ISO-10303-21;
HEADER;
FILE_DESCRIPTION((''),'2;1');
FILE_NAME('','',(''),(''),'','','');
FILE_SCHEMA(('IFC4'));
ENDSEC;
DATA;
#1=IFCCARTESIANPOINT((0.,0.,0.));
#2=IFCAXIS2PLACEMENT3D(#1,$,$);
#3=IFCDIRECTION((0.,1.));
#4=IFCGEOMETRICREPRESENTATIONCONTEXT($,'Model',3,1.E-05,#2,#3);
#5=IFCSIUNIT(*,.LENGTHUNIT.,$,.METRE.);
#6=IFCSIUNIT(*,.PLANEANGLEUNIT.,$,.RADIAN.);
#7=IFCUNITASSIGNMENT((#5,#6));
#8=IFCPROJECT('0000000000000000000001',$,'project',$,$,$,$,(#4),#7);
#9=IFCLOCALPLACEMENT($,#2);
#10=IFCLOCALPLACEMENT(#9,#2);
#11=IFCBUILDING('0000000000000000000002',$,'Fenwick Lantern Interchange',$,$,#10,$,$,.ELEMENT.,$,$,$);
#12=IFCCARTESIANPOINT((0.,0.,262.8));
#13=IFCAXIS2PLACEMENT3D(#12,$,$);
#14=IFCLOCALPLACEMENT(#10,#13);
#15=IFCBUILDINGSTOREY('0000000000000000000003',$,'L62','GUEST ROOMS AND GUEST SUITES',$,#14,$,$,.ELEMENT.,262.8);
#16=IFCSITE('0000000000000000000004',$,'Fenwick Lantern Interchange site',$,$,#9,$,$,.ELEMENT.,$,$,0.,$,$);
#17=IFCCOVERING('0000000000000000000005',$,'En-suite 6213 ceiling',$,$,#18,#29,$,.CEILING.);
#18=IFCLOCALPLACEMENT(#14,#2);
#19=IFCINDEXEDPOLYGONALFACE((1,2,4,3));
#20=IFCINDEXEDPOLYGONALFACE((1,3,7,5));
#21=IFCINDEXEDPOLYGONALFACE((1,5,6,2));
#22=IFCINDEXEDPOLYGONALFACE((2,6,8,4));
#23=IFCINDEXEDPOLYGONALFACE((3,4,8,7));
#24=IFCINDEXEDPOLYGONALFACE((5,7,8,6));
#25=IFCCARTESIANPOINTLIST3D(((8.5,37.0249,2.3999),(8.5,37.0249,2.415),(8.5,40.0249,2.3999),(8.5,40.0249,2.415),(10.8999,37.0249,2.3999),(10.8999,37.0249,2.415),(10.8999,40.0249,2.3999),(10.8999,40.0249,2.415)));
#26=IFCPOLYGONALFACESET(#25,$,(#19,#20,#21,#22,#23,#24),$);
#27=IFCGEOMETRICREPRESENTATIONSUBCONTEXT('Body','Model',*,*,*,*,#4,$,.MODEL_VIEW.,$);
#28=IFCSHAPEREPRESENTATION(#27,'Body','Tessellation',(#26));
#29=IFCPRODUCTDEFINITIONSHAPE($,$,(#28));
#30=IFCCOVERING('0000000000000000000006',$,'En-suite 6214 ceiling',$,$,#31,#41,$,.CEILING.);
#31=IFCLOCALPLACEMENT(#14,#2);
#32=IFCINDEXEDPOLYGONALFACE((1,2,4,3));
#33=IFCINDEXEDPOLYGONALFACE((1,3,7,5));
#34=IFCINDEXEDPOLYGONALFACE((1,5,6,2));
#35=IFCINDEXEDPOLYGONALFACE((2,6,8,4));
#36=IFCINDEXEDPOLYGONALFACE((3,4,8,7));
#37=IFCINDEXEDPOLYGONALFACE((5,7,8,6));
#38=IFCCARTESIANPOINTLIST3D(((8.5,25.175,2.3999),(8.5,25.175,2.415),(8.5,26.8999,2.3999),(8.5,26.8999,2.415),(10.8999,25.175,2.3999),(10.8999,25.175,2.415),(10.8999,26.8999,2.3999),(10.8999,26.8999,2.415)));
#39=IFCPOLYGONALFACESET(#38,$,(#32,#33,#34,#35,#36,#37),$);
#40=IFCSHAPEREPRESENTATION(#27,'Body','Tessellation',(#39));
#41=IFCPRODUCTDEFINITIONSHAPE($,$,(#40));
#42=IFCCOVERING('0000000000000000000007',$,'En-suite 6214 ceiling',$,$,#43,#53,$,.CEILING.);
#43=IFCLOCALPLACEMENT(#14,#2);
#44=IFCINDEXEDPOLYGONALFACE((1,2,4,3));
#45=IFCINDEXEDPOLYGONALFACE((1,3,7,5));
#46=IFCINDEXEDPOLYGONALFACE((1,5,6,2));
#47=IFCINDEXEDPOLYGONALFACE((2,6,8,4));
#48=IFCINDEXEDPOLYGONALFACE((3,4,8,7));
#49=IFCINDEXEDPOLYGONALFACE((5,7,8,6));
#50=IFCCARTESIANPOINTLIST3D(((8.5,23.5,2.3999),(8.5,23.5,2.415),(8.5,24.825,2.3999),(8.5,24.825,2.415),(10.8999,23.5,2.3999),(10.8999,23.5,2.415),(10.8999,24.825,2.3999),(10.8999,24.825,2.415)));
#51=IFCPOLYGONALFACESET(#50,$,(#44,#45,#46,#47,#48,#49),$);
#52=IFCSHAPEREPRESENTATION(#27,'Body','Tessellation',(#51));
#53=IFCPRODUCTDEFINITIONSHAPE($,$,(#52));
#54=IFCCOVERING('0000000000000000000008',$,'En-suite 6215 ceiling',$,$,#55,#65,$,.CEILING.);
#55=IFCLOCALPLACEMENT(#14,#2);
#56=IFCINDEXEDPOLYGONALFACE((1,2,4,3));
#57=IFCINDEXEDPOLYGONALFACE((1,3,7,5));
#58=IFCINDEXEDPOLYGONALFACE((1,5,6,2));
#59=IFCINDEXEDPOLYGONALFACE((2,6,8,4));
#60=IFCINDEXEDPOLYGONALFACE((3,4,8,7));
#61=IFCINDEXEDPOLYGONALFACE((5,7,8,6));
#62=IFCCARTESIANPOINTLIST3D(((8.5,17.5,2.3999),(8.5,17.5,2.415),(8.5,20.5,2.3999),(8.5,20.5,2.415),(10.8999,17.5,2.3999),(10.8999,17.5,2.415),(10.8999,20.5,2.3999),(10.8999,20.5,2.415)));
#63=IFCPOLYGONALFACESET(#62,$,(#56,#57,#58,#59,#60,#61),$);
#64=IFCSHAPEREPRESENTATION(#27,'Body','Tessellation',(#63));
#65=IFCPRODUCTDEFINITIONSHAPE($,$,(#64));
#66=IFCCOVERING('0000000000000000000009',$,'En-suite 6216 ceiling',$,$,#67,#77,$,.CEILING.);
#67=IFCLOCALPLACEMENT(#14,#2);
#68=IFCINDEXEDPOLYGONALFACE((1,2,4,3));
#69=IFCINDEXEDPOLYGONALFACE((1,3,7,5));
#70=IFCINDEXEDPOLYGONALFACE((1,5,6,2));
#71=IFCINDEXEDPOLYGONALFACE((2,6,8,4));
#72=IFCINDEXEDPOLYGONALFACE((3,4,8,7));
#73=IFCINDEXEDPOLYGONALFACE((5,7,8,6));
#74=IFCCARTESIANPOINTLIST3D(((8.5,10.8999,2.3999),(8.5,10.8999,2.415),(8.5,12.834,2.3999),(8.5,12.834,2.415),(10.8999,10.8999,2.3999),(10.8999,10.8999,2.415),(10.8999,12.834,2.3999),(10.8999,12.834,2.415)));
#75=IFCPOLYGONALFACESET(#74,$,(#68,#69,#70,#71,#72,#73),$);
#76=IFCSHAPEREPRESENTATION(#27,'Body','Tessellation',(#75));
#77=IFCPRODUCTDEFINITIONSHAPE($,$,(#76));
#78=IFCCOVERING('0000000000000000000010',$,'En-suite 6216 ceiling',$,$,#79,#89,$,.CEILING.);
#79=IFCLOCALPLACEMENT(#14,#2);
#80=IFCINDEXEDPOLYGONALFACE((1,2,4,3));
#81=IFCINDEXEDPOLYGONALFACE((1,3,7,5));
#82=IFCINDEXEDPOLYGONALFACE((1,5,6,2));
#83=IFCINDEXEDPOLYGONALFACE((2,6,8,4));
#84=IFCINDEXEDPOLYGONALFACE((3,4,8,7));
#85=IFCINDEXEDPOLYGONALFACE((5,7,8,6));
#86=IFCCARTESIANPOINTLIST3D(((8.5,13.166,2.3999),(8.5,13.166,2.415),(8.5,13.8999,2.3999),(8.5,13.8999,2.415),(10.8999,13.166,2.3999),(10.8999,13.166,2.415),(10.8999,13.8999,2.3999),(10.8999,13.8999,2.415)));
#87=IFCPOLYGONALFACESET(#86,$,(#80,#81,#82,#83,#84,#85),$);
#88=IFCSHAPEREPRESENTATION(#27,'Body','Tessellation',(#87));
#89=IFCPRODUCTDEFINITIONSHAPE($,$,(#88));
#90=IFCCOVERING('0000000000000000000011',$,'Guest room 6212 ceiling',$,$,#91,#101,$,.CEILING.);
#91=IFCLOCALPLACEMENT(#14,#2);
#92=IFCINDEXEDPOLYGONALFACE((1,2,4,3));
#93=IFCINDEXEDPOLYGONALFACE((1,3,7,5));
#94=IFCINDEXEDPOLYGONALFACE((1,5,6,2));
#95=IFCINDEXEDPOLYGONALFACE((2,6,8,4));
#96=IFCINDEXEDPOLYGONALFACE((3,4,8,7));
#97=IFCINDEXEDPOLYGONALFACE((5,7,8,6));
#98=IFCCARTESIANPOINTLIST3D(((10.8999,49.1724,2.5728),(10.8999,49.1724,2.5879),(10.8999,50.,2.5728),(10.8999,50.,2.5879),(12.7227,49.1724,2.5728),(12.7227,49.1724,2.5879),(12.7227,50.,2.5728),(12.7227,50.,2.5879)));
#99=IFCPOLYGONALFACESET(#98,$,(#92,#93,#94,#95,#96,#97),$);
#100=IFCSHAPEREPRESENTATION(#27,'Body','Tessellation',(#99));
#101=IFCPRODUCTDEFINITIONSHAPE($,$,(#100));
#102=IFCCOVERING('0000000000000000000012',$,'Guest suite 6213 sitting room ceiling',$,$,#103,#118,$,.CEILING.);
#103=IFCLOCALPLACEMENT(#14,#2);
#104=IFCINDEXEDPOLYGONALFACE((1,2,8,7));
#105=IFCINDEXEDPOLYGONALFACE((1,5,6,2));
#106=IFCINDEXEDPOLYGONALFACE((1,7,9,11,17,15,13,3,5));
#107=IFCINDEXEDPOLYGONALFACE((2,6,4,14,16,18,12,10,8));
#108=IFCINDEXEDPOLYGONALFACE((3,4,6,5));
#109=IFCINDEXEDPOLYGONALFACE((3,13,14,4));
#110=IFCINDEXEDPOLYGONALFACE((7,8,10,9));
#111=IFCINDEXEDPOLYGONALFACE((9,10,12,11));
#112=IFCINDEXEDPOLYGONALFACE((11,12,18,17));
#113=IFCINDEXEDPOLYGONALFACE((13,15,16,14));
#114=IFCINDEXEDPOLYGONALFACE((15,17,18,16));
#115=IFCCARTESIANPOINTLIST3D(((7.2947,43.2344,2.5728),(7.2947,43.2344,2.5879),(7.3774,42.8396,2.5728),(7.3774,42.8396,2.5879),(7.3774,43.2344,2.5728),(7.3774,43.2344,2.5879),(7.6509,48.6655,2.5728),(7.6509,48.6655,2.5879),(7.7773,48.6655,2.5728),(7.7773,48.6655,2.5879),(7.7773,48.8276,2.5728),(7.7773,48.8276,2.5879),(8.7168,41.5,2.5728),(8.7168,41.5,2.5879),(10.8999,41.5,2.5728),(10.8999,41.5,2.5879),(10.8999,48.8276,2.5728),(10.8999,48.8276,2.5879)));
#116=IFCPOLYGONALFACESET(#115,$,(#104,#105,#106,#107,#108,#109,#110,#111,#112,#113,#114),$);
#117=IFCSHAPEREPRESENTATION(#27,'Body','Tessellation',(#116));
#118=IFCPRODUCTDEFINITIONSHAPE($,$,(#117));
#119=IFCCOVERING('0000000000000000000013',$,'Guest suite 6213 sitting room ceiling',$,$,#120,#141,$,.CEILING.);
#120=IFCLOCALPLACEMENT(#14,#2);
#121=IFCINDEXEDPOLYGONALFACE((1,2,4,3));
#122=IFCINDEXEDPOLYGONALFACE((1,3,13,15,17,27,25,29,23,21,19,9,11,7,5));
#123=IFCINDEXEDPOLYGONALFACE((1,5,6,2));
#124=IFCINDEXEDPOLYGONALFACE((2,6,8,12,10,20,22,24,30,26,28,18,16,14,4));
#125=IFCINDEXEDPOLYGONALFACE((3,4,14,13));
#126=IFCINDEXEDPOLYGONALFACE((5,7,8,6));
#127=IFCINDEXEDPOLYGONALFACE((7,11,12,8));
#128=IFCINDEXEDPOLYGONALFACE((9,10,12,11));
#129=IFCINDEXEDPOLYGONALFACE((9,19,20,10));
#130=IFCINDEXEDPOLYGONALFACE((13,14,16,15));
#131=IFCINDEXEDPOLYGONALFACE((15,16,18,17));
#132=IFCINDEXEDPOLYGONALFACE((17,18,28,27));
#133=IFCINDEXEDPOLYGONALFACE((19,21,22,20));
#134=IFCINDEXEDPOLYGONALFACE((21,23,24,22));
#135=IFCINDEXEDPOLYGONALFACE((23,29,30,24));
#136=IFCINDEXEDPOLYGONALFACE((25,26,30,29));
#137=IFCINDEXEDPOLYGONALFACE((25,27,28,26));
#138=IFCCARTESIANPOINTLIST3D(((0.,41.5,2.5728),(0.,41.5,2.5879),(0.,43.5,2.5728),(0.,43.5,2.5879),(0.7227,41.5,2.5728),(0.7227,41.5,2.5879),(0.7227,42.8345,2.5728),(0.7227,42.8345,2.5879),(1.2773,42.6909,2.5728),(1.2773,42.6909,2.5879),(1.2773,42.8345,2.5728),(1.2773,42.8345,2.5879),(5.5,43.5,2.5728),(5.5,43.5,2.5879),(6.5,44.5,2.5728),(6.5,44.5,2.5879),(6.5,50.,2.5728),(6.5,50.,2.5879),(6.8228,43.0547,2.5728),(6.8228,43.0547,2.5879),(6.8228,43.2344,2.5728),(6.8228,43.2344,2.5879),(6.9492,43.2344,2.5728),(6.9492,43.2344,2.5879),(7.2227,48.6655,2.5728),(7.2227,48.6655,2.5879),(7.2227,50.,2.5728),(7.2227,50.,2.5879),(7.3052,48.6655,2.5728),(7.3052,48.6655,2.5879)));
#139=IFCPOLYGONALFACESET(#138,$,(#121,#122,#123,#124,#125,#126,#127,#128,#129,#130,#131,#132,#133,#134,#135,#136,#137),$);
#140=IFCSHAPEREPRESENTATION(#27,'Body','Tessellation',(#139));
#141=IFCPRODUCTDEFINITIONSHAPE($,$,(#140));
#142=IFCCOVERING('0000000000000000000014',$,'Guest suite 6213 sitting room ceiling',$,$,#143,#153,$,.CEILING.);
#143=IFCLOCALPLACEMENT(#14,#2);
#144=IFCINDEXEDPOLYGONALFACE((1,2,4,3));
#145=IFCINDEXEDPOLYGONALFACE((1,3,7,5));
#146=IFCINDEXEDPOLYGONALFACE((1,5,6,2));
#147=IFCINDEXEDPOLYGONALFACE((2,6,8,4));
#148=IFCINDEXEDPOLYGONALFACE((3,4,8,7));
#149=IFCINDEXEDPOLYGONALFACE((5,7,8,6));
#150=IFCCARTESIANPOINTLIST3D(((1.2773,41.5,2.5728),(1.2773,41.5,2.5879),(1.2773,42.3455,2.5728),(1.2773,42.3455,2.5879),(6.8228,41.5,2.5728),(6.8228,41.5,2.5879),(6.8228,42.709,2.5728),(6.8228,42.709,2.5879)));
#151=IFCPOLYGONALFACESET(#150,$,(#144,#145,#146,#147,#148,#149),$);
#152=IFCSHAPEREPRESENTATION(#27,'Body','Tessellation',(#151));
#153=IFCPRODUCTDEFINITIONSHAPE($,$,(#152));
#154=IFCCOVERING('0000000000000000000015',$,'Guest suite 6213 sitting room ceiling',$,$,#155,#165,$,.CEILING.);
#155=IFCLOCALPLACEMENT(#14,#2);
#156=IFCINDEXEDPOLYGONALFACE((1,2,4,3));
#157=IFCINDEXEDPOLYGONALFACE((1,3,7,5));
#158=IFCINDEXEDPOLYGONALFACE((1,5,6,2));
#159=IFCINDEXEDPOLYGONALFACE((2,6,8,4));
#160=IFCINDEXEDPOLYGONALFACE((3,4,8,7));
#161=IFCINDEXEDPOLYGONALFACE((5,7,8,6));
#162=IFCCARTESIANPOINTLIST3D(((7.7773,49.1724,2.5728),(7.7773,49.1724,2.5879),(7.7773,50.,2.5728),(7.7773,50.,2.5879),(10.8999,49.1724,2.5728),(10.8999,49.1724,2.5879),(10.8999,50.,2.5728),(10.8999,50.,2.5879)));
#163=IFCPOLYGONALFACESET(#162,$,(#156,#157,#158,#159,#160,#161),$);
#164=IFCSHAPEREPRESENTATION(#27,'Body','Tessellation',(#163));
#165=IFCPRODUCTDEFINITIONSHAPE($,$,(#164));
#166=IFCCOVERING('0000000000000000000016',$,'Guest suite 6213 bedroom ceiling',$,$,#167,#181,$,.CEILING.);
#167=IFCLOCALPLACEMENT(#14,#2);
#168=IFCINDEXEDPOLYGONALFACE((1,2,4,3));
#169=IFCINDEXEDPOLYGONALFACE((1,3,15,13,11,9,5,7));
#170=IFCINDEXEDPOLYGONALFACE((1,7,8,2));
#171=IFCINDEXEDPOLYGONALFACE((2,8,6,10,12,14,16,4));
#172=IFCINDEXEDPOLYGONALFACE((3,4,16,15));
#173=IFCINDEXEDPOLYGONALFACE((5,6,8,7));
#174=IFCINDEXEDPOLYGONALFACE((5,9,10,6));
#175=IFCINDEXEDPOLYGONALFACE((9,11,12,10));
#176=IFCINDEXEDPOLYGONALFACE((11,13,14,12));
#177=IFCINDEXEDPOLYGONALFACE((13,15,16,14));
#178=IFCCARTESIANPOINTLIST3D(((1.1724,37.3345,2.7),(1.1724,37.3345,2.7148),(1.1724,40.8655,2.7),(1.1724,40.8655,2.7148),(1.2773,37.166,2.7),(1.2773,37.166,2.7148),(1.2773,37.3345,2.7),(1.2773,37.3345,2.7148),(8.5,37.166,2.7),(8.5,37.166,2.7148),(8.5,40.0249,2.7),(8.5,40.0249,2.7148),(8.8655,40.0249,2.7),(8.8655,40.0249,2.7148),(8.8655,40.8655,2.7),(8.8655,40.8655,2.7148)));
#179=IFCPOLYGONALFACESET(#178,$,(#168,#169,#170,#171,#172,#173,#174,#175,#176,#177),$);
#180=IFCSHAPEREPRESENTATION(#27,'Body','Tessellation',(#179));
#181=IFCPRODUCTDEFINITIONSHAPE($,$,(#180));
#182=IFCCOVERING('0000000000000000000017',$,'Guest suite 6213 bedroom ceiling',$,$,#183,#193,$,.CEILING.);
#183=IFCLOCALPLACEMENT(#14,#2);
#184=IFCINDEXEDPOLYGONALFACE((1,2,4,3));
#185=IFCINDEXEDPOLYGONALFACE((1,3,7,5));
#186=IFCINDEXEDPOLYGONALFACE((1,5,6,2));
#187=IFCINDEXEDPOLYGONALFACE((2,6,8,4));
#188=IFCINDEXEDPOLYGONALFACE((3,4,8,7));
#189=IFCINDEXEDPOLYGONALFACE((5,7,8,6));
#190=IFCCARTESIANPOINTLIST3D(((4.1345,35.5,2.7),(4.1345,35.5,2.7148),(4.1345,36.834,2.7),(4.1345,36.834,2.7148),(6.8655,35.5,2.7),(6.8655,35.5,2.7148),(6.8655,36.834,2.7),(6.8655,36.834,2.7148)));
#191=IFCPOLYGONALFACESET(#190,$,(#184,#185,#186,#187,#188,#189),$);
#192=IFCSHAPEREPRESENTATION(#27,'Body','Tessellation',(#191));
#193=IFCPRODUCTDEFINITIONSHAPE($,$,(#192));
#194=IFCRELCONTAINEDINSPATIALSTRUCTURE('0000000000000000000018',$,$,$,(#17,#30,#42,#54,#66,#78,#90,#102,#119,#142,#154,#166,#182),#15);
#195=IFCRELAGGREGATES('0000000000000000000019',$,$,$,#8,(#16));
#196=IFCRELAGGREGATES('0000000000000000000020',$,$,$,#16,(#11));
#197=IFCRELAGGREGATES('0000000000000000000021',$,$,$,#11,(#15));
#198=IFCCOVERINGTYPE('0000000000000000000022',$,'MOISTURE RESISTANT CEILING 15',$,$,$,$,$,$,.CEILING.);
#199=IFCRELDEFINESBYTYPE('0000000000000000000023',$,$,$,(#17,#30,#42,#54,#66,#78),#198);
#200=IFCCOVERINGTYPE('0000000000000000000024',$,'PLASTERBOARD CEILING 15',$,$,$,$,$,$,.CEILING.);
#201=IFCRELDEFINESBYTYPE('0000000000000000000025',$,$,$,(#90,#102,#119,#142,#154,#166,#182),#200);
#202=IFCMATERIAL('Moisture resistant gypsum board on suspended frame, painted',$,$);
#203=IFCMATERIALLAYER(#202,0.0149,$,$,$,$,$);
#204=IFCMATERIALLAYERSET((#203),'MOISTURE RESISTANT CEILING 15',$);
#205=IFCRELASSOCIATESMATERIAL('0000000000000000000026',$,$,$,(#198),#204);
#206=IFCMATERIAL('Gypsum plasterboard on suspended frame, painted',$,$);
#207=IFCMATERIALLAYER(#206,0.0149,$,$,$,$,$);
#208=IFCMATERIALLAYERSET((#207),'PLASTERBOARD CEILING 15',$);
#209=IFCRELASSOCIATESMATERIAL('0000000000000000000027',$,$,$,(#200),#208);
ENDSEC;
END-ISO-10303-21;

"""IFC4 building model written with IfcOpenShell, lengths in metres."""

from ifc_helpers import new_model, si_unit, direction, frame, origin, place, context, subcontext, project, spatial, polyline, outline, extrude, material, layer, layer_set, type_object, element, save


model = new_model("IFC4")

# Units and contexts
model_context = context("Model", 3, precision=1e-05, world=origin(), true_north=direction((0.0, 1.0)))
body_context = subcontext(model_context, "Body", "Model", "MODEL_VIEW")
ifc_project = project(units=[si_unit("LENGTHUNIT", "METRE"), si_unit("PLANEANGLEUNIT", "RADIAN")], contexts=[model_context])

# Site, building, storey
site_placement = place(None, origin())
site = spatial("IfcSite", under=ifc_project, at=site_placement, Name="Fenwick Lantern Interchange site", CompositionType="ELEMENT", RefElevation=0.0)
building_placement = place(site_placement, origin())
building = spatial("IfcBuilding", under=site, at=building_placement, Name="Fenwick Lantern Interchange", CompositionType="ELEMENT")
storey_placement = place(building_placement, frame((0.0, 0.0, 262.8)))
storey = spatial("IfcBuildingStorey", under=building, at=storey_placement, Name="L62", Description="GUEST ROOMS AND GUEST SUITES", CompositionType="ELEMENT", Elevation=262.8)

# Coverings
ifc_material_1 = material(Name="Moisture resistant gypsum board on suspended frame, painted")
ifc_layer_1 = layer(ifc_material_1, 0.0149)
ifc_layer_set_1 = layer_set([ifc_layer_1], Name="MOISTURE RESISTANT CEILING 15")
covering_type_1 = type_object("IfcCoveringType", Name="MOISTURE RESISTANT CEILING 15", PredefinedType="CEILING", material=ifc_layer_set_1)
covering_1_placement = place(storey_placement, frame((0.0, 0.0, 2.3999)))
element("IfcCovering", 1, at=covering_1_placement, inside=storey, type_object=covering_type_1, Name="En-suite 6213 ceiling", PredefinedType="CEILING", context=body_context, shape_type="SweptSolid", body=[
    extrude(outline(polyline([(8.5, 40.0249), (8.5, 37.0249), (10.8999, 37.0249), (10.8999, 40.0249), (8.5, 40.0249)])), origin(), (0.0, 0.0, 1.0), 0.0151),
])
covering_2_placement = place(storey_placement, frame((0.0, 0.0, 2.3999)))
element("IfcCovering", 2, at=covering_2_placement, inside=storey, type_object=covering_type_1, Name="En-suite 6214 ceiling", PredefinedType="CEILING", context=body_context, shape_type="SweptSolid", body=[
    extrude(outline(polyline([(8.5, 26.8999), (8.5, 25.175), (10.8999, 25.175), (10.8999, 26.8999), (8.5, 26.8999)])), origin(), (0.0, 0.0, 1.0), 0.0151),
])
covering_3_placement = place(storey_placement, frame((0.0, 0.0, 2.3999)))
element("IfcCovering", 3, at=covering_3_placement, inside=storey, type_object=covering_type_1, Name="En-suite 6214 ceiling", PredefinedType="CEILING", context=body_context, shape_type="SweptSolid", body=[
    extrude(outline(polyline([(10.8999, 23.5), (10.8999, 24.825), (8.5, 24.825), (8.5, 23.5), (10.8999, 23.5)])), origin(), (0.0, 0.0, 1.0), 0.0151),
])
covering_4_placement = place(storey_placement, frame((0.0, 0.0, 2.3999)))
element("IfcCovering", 4, at=covering_4_placement, inside=storey, type_object=covering_type_1, Name="En-suite 6215 ceiling", PredefinedType="CEILING", context=body_context, shape_type="SweptSolid", body=[
    extrude(outline(polyline([(8.5, 20.5), (8.5, 17.5), (10.8999, 17.5), (10.8999, 20.5), (8.5, 20.5)])), origin(), (0.0, 0.0, 1.0), 0.0151),
])
covering_5_placement = place(storey_placement, frame((0.0, 0.0, 2.3999)))
element("IfcCovering", 5, at=covering_5_placement, inside=storey, type_object=covering_type_1, Name="En-suite 6216 ceiling", PredefinedType="CEILING", context=body_context, shape_type="SweptSolid", body=[
    extrude(outline(polyline([(10.8999, 10.8999), (10.8999, 12.834), (8.5, 12.834), (8.5, 10.8999), (10.8999, 10.8999)])), origin(), (0.0, 0.0, 1.0), 0.0151),
])
covering_6_placement = place(storey_placement, frame((0.0, 0.0, 2.3999)))
element("IfcCovering", 6, at=covering_6_placement, inside=storey, type_object=covering_type_1, Name="En-suite 6216 ceiling", PredefinedType="CEILING", context=body_context, shape_type="SweptSolid", body=[
    extrude(outline(polyline([(8.5, 13.8999), (8.5, 13.166), (10.8999, 13.166), (10.8999, 13.8999), (8.5, 13.8999)])), origin(), (0.0, 0.0, 1.0), 0.0151),
])
ifc_material_2 = material(Name="Gypsum plasterboard on suspended frame, painted")
ifc_layer_2 = layer(ifc_material_2, 0.0149)
ifc_layer_set_2 = layer_set([ifc_layer_2], Name="PLASTERBOARD CEILING 15")
covering_type_2 = type_object("IfcCoveringType", Name="PLASTERBOARD CEILING 15", PredefinedType="CEILING", material=ifc_layer_set_2)
covering_7_placement = place(storey_placement, frame((0.0, 0.0, 2.5728)))
element("IfcCovering", 7, at=covering_7_placement, inside=storey, type_object=covering_type_2, Name="Guest room 6212 ceiling", PredefinedType="CEILING", context=body_context, shape_type="SweptSolid", body=[
    extrude(outline(polyline([(12.7227, 49.1724), (12.7227, 50.0), (10.8999, 50.0), (10.8999, 49.1724), (12.7227, 49.1724)])), origin(), (0.0, 0.0, 1.0), 0.0151),
])
covering_8_placement = place(storey_placement, frame((0.0, 0.0, 2.5728)))
element("IfcCovering", 8, at=covering_8_placement, inside=storey, type_object=covering_type_2, Name="Guest suite 6213 sitting room ceiling", PredefinedType="CEILING", context=body_context, shape_type="SweptSolid", body=[
    extrude(outline(polyline([(7.7773, 48.6655), (7.6509, 48.6655), (7.2947, 43.2344), (7.3774, 43.2344), (7.3774, 42.8396), (8.7168, 41.5), (10.8999, 41.5), (10.8999, 48.8276), (7.7773, 48.8276), (7.7773, 48.6655)])), origin(), (0.0, 0.0, 1.0), 0.0151),
])
covering_9_placement = place(storey_placement, frame((0.0, 0.0, 2.5728)))
element("IfcCovering", 9, at=covering_9_placement, inside=storey, type_object=covering_type_2, Name="Guest suite 6213 sitting room ceiling", PredefinedType="CEILING", context=body_context, shape_type="SweptSolid", body=[
    extrude(outline(polyline([(7.2227, 48.6655), (7.2227, 50.0), (6.5, 50.0), (6.5, 44.5), (5.5, 43.5), (0.0, 43.5), (0.0, 41.5), (0.7227, 41.5), (0.7227, 42.8345), (1.2773, 42.8345), (1.2773, 42.6909), (6.8228, 43.0547), (6.8228, 43.2344), (6.9492, 43.2344), (7.3052, 48.6655), (7.2227, 48.6655)])), origin(), (0.0, 0.0, 1.0), 0.0151),
])
covering_10_placement = place(storey_placement, frame((0.0, 0.0, 2.5728)))
element("IfcCovering", 10, at=covering_10_placement, inside=storey, type_object=covering_type_2, Name="Guest suite 6213 sitting room ceiling", PredefinedType="CEILING", context=body_context, shape_type="SweptSolid", body=[
    extrude(outline(polyline([(6.8228, 41.5), (6.8228, 42.709), (1.2773, 42.3455), (1.2773, 41.5), (6.8228, 41.5)])), origin(), (0.0, 0.0, 1.0), 0.0151),
])
covering_11_placement = place(storey_placement, frame((0.0, 0.0, 2.5728)))
element("IfcCovering", 11, at=covering_11_placement, inside=storey, type_object=covering_type_2, Name="Guest suite 6213 sitting room ceiling", PredefinedType="CEILING", context=body_context, shape_type="SweptSolid", body=[
    extrude(outline(polyline([(7.7773, 50.0), (7.7773, 49.1724), (10.8999, 49.1724), (10.8999, 50.0), (7.7773, 50.0)])), origin(), (0.0, 0.0, 1.0), 0.0151),
])
covering_12_placement = place(storey_placement, frame((0.0, 0.0, 2.7)))
element("IfcCovering", 12, at=covering_12_placement, inside=storey, type_object=covering_type_2, Name="Guest suite 6213 bedroom ceiling", PredefinedType="CEILING", context=body_context, shape_type="SweptSolid", body=[
    extrude(outline(polyline([(1.2773, 37.3345), (1.2773, 37.166), (8.5, 37.166), (8.5, 40.0249), (8.8655, 40.0249), (8.8655, 40.8655), (1.1724, 40.8655), (1.1724, 37.3345), (1.2773, 37.3345)])), origin(), (0.0, 0.0, 1.0), 0.0149),
])
covering_13_placement = place(storey_placement, frame((0.0, 0.0, 2.7)))
element("IfcCovering", 13, at=covering_13_placement, inside=storey, type_object=covering_type_2, Name="Guest suite 6213 bedroom ceiling", PredefinedType="CEILING", context=body_context, shape_type="SweptSolid", body=[
    extrude(outline(polyline([(4.1345, 35.5), (6.8655, 35.5), (6.8655, 36.834), (4.1345, 36.834), (4.1345, 35.5)])), origin(), (0.0, 0.0, 1.0), 0.0149),
])

save(model, "model.ifc")
